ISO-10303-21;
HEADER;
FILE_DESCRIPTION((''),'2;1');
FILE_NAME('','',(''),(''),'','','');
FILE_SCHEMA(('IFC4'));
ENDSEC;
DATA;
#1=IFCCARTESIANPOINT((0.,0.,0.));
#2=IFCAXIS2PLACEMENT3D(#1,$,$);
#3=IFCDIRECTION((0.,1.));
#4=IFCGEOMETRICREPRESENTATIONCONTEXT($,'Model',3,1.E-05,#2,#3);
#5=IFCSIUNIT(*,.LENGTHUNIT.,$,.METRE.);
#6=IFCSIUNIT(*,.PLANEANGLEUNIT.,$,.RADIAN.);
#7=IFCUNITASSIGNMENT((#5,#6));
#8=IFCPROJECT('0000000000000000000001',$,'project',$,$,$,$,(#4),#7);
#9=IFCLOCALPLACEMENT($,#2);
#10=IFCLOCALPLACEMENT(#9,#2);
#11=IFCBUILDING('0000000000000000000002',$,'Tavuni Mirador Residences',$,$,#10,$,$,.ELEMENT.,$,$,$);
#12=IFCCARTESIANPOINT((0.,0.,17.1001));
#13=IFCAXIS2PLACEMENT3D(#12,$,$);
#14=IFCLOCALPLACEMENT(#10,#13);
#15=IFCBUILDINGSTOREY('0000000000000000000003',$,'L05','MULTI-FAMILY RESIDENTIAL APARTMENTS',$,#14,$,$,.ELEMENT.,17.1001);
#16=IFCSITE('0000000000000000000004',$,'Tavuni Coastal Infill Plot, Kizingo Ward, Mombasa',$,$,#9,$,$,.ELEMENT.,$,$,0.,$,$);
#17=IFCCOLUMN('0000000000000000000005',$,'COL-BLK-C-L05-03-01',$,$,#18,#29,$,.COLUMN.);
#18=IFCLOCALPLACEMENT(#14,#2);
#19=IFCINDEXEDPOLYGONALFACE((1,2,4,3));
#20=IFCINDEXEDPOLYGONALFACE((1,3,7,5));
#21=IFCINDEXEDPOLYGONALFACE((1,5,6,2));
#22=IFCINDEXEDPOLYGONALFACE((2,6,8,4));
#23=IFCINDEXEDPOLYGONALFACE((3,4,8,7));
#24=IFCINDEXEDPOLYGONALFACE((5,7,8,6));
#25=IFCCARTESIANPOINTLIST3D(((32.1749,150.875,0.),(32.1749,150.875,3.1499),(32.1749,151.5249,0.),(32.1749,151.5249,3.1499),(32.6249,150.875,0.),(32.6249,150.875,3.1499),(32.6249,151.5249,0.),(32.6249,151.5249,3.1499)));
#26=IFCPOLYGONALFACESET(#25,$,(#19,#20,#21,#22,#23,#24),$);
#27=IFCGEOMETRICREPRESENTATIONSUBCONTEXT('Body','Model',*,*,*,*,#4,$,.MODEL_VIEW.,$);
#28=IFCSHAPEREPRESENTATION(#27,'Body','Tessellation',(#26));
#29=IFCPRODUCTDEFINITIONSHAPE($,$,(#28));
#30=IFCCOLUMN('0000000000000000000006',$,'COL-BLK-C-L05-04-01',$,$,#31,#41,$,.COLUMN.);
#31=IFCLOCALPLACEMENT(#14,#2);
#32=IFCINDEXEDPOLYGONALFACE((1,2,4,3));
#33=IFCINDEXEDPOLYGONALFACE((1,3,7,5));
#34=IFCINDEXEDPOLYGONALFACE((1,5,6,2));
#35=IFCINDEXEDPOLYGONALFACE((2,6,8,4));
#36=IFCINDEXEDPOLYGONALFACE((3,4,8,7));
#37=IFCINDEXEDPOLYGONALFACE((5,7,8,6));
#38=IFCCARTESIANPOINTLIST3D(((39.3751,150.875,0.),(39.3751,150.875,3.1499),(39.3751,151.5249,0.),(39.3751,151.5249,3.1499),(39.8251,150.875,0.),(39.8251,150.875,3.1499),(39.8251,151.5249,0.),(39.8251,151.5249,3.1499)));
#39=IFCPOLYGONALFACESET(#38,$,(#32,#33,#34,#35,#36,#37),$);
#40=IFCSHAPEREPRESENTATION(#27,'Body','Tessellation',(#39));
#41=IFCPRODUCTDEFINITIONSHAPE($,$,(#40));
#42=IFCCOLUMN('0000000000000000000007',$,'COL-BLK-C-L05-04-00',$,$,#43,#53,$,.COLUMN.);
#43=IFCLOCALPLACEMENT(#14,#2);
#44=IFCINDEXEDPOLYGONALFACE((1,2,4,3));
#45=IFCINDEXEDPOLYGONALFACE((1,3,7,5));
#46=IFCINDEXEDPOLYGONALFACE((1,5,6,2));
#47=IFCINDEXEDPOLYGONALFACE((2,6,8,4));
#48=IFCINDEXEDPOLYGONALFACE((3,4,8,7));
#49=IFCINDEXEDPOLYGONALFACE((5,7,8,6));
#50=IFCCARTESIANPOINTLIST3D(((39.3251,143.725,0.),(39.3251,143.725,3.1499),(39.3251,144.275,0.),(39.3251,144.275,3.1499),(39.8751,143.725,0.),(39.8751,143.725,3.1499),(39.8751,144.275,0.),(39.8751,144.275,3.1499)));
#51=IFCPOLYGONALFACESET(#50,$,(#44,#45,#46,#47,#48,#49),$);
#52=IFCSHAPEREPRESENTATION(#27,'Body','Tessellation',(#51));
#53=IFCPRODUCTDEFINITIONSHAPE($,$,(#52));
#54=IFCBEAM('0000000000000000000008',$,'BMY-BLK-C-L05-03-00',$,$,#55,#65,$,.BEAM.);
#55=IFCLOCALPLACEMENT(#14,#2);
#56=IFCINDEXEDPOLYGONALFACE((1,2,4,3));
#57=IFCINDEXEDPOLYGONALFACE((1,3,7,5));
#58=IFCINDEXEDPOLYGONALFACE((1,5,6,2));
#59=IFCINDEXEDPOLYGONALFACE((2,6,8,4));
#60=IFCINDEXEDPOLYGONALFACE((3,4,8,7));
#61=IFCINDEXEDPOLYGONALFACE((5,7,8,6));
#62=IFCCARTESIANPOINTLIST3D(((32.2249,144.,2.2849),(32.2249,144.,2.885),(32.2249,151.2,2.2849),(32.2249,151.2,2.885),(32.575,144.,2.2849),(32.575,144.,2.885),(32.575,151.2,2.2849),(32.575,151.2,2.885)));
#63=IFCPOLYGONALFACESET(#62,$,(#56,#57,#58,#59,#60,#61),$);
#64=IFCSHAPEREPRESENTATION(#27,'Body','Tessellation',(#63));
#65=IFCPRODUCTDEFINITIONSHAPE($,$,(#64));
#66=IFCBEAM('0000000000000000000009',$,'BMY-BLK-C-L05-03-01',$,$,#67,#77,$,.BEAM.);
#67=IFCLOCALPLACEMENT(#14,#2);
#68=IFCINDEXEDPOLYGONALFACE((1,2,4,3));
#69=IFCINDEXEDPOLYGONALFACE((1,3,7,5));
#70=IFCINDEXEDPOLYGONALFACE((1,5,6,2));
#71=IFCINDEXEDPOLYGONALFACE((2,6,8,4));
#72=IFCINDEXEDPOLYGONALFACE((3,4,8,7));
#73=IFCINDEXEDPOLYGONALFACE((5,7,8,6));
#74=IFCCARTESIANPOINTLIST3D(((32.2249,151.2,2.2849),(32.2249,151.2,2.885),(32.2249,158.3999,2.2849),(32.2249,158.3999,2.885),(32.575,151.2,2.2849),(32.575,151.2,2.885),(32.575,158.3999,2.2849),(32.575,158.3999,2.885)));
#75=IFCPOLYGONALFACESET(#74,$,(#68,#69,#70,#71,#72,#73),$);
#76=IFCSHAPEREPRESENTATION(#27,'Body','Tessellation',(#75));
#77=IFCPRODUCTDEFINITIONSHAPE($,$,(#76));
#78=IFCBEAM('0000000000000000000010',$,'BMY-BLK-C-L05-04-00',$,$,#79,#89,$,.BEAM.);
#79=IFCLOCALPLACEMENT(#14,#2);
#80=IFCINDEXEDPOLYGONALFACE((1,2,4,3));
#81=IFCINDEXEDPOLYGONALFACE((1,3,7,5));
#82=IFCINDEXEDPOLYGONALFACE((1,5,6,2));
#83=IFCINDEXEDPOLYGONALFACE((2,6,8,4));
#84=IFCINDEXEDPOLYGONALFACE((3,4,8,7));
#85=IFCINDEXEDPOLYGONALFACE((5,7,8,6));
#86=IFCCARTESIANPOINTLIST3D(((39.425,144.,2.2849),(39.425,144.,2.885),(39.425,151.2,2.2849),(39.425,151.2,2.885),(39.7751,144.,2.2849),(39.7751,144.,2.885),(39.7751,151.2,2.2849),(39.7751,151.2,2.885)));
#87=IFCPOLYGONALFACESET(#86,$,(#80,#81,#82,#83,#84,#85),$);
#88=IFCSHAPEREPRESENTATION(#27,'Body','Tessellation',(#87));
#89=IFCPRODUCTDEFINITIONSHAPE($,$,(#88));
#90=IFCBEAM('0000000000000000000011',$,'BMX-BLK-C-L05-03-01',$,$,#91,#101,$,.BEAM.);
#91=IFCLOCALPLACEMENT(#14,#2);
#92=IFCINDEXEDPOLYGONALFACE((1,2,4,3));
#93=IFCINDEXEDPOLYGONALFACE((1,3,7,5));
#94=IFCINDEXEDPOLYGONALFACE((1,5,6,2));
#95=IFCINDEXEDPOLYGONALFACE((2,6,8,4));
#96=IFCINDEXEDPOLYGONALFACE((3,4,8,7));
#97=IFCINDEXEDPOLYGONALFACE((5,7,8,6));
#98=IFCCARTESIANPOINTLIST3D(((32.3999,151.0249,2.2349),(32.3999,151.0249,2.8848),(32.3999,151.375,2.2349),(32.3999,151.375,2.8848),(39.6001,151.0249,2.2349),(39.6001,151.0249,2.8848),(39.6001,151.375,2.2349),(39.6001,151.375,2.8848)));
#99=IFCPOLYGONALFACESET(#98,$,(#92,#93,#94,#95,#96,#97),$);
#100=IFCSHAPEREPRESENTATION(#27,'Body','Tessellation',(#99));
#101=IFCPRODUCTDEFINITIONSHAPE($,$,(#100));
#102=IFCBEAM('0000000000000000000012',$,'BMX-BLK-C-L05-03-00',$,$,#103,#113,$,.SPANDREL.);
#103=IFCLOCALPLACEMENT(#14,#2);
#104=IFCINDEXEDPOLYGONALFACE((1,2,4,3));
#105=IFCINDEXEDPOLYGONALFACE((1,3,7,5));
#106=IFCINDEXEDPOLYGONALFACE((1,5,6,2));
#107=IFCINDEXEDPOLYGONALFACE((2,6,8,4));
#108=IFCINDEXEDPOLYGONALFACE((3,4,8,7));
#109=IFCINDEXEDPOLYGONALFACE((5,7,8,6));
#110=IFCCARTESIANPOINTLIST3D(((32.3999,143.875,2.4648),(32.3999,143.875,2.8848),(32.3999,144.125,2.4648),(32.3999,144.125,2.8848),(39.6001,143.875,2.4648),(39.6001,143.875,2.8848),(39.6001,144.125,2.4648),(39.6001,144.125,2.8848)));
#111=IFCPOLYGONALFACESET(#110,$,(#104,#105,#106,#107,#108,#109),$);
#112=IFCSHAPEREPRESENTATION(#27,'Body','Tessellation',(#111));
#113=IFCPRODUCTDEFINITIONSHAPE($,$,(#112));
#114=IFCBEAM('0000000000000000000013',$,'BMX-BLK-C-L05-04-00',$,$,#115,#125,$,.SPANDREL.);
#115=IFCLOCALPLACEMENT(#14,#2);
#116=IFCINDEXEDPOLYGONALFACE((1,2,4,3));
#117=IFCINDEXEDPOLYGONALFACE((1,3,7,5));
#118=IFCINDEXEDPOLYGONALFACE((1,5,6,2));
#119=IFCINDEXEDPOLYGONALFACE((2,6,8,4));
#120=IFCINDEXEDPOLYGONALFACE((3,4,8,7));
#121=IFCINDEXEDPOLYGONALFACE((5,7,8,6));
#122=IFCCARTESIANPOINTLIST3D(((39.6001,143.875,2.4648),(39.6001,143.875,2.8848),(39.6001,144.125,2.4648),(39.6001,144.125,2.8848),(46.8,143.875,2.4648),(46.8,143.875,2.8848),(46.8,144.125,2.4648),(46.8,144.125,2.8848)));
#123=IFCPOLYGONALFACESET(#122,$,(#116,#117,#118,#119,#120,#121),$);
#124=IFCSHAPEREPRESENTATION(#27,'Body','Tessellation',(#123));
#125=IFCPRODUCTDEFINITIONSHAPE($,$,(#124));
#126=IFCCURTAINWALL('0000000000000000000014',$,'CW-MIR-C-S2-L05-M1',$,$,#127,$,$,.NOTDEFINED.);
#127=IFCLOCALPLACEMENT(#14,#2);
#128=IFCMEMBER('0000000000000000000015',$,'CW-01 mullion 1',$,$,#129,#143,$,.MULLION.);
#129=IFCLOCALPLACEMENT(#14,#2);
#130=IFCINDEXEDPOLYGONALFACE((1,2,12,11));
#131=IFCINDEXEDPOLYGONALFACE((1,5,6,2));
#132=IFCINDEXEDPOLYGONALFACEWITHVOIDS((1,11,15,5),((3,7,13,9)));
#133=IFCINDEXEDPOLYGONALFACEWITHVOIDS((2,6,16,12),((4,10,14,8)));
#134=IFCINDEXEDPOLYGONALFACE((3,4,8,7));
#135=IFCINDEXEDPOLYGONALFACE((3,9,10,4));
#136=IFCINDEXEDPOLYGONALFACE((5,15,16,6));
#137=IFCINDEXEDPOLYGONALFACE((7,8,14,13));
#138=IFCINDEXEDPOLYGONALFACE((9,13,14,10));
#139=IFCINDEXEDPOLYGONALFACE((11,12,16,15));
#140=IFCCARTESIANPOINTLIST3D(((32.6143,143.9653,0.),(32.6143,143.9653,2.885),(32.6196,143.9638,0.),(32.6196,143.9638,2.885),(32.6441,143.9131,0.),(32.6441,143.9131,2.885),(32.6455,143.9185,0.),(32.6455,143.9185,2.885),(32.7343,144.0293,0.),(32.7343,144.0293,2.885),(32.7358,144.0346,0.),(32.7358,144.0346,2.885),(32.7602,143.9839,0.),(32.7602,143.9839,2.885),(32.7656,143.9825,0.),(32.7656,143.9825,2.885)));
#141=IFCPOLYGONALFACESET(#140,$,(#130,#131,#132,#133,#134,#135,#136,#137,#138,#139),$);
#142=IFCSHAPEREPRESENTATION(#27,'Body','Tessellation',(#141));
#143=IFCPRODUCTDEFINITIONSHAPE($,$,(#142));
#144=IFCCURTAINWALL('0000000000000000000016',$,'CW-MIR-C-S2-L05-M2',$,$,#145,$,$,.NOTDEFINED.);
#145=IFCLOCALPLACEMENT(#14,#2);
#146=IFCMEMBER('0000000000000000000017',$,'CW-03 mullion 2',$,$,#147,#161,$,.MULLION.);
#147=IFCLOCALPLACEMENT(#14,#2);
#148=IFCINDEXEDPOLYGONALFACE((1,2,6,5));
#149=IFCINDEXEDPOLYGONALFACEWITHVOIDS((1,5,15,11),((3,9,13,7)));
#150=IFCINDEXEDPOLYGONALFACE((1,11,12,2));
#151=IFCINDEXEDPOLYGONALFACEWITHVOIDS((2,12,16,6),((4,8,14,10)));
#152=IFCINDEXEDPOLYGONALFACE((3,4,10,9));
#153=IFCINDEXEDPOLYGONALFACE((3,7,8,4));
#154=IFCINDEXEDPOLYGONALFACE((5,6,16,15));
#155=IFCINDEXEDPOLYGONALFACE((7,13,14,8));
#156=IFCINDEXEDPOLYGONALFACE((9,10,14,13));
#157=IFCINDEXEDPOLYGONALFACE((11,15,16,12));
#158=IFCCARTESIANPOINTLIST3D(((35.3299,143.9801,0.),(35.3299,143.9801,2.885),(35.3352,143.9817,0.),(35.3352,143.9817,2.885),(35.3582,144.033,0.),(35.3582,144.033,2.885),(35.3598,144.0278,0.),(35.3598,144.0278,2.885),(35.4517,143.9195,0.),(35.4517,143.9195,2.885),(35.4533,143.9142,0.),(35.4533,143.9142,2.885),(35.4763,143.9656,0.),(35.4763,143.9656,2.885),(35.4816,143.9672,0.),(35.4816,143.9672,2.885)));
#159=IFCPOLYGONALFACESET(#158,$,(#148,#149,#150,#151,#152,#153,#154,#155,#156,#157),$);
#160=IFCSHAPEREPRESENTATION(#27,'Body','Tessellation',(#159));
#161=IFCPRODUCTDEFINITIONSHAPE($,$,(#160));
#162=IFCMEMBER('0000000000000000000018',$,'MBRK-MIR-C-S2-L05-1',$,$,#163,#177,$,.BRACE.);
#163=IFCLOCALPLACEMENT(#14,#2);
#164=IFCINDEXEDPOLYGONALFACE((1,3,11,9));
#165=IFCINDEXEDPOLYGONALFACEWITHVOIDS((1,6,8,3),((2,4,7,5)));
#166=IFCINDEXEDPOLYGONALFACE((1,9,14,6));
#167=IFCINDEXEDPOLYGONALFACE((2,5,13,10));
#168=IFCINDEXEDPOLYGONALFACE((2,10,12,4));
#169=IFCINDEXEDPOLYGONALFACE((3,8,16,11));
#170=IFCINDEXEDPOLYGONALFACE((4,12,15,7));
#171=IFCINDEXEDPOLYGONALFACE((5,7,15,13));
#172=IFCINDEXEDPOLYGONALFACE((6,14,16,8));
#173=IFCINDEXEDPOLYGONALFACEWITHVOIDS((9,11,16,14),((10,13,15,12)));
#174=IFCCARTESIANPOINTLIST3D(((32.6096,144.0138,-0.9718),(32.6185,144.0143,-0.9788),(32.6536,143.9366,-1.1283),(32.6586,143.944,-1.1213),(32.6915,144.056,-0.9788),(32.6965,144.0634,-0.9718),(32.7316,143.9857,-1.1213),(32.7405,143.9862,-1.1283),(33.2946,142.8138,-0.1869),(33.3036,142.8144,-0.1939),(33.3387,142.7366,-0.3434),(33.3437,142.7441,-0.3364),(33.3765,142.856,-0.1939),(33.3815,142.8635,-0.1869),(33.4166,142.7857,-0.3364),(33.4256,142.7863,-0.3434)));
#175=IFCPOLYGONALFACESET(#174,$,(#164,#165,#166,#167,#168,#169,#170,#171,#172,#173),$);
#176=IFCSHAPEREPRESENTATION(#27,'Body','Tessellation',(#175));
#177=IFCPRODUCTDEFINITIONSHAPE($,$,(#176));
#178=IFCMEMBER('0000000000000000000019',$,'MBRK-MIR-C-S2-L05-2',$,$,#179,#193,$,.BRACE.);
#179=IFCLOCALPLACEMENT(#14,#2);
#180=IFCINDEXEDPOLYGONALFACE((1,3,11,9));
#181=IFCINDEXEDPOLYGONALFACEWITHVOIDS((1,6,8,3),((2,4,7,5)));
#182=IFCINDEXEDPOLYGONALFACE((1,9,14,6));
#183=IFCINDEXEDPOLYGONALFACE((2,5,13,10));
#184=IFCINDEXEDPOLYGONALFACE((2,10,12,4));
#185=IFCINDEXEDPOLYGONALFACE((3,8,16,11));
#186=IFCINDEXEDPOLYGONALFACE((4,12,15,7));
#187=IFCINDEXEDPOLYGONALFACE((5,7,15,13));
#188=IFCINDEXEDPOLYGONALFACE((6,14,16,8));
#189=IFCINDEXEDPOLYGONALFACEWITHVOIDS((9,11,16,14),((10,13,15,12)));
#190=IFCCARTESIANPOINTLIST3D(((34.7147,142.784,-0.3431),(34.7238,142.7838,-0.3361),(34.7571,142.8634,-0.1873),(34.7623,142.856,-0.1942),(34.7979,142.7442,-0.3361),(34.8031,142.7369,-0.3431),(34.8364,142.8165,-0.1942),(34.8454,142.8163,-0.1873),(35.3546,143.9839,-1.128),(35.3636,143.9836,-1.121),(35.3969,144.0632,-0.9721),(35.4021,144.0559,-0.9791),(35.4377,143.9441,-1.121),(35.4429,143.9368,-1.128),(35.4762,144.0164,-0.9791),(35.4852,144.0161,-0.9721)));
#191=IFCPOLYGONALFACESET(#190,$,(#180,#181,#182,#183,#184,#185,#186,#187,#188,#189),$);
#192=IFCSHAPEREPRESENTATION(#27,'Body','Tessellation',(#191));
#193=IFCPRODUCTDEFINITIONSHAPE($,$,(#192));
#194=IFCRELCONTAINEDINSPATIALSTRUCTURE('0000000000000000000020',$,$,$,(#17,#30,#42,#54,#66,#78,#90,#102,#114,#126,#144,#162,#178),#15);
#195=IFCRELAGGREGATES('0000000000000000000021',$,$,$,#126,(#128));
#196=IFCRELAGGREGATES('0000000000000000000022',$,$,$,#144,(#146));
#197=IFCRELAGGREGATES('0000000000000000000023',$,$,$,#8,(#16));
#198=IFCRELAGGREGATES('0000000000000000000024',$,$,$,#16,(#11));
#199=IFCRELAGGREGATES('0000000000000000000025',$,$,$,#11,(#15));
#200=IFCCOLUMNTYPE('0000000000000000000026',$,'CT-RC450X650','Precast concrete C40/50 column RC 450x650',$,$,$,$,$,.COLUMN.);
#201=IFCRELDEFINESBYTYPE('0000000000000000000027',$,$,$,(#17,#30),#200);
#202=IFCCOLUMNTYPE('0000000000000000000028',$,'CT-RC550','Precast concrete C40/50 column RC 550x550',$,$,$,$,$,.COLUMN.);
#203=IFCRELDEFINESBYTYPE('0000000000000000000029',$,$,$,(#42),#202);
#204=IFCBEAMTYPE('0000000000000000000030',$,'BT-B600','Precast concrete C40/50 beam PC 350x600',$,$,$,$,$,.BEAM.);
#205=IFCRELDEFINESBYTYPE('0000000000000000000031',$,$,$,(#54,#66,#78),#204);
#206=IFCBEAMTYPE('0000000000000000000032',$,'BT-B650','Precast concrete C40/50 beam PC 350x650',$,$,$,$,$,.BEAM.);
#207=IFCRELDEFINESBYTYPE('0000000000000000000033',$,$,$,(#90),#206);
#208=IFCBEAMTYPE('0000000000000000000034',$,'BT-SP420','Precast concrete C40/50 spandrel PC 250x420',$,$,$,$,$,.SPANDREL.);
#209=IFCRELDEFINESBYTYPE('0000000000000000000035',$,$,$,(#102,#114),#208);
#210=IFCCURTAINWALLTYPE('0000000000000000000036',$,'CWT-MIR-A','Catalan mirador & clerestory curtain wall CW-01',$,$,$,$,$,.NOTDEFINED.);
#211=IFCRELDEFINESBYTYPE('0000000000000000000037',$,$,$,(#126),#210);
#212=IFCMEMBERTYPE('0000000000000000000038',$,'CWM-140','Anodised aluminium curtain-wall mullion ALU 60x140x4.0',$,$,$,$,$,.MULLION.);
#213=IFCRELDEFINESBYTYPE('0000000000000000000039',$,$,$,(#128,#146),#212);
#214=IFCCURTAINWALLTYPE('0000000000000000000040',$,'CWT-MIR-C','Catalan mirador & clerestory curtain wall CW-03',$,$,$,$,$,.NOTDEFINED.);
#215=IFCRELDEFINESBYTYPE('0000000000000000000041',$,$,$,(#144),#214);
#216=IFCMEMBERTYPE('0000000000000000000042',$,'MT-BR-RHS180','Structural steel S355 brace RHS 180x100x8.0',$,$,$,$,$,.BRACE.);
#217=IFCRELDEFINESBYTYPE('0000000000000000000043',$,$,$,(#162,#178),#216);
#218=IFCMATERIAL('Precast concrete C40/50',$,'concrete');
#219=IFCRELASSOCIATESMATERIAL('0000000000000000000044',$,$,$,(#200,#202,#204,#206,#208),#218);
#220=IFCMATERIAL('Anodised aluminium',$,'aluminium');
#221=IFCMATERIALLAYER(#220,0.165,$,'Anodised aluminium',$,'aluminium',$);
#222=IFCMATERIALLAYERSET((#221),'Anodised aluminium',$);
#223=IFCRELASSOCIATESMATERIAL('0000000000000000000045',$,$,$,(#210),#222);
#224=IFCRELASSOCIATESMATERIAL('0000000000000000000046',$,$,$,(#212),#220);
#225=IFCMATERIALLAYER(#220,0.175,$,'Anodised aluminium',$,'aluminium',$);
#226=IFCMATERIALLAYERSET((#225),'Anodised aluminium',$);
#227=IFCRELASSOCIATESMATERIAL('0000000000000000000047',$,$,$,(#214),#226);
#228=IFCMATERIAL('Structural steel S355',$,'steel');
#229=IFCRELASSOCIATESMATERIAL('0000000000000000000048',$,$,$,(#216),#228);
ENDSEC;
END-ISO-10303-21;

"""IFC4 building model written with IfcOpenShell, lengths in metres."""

from ifc_helpers import new_model, si_unit, direction, frame, origin, origin_2d, place, context, subcontext, project, spatial, rectangle, hollow_rectangle, extrude, material, layer, layer_set, material_profile, profile_set, type_object, element, aggregate, save


model = new_model("IFC4")

# Units and contexts
model_context = context("Model", 3, precision=1e-05, world=origin(), true_north=direction((0.0, 1.0)))
body_context = subcontext(model_context, "Body", "Model", "MODEL_VIEW")
ifc_project = project(units=[si_unit("LENGTHUNIT", "METRE"), si_unit("PLANEANGLEUNIT", "RADIAN")], contexts=[model_context])

# Site, building, storey
site_placement = place(None, origin())
site = spatial("IfcSite", under=ifc_project, at=site_placement, Name="Tavuni Coastal Infill Plot, Kizingo Ward, Mombasa", CompositionType="ELEMENT", RefElevation=0.0)
building_placement = place(site_placement, origin())
building = spatial("IfcBuilding", under=site, at=building_placement, Name="Tavuni Mirador Residences", CompositionType="ELEMENT")
storey_placement = place(building_placement, frame((0.0, 0.0, 17.1001)))
storey = spatial("IfcBuildingStorey", under=building, at=storey_placement, Name="L05", Description="MULTI-FAMILY RESIDENTIAL APARTMENTS", CompositionType="ELEMENT", Elevation=17.1001)

# Columns
ifc_material_1 = material(Name="Precast concrete C40/50", Category="concrete")
ifc_material_profile_1 = material_profile(ifc_material_1, rectangle(XDim=0.45, YDim=0.6499, at=origin_2d()), Name="RC 450x650", Category="concrete")
ifc_profile_set_1 = profile_set([ifc_material_profile_1], Name="Precast concrete C40/50")
column_type_1 = type_object("IfcColumnType", Name="CT-RC450X650", Description="Precast concrete C40/50 column RC 450x650", PredefinedType="COLUMN", material=ifc_profile_set_1)
for number, where, z_axis, x_axis, name in (
    (1, (32.3999, 151.2, 0.0), (0.0, 0.0, 1.0), (1.0, 0.0, 0.0), "COL-BLK-C-L05-03-01"),
    (2, (39.6001, 151.2, 0.0), (0.0, 0.0, 1.0), (1.0, 0.0, 0.0), "COL-BLK-C-L05-04-01"),
):
    element("IfcColumn", number, at=place(storey_placement, frame(where, z_axis=z_axis, x_axis=x_axis)), inside=storey, type_object=column_type_1, Name=name, PredefinedType="COLUMN", context=body_context, shape_type="SweptSolid", body=[
        extrude(rectangle(XDim=0.45, YDim=0.6499, at=origin_2d()), origin(), (0.0, 0.0, 1.0), 3.1499),
    ])
ifc_material_profile_2 = material_profile(ifc_material_1, rectangle(XDim=0.55, YDim=0.55, at=origin_2d()), Name="RC 550x550", Category="concrete")
ifc_profile_set_2 = profile_set([ifc_material_profile_2], Name="Precast concrete C40/50")
column_type_2 = type_object("IfcColumnType", Name="CT-RC550", Description="Precast concrete C40/50 column RC 550x550", PredefinedType="COLUMN", material=ifc_profile_set_2)
column_placement = place(storey_placement, frame((39.6001, 144.0, 0.0), z_axis=(0.0, 0.0, 1.0), x_axis=(1.0, 0.0, 0.0)))
element("IfcColumn", 3, at=column_placement, inside=storey, type_object=column_type_2, Name="COL-BLK-C-L05-04-00", PredefinedType="COLUMN", context=body_context, shape_type="SweptSolid", body=[
    extrude(rectangle(XDim=0.55, YDim=0.55, at=origin_2d()), origin(), (0.0, 0.0, 1.0), 3.1499),
])

# Beams
ifc_material_profile_3 = material_profile(ifc_material_1, rectangle(XDim=0.3501, YDim=0.6001, at=origin_2d()), Name="PC 350x600", Category="concrete")
ifc_profile_set_3 = profile_set([ifc_material_profile_3], Name="Precast concrete C40/50")
beam_type_1 = type_object("IfcBeamType", Name="BT-B600", Description="Precast concrete C40/50 beam PC 350x600", PredefinedType="BEAM", material=ifc_profile_set_3)
for number, where, z_axis, x_axis, name in (
    (4, (32.3999, 144.0, 2.585), (0.0, 1.0, 0.0), (-1.0, 0.0, 0.0), "BMY-BLK-C-L05-03-00"),
    (5, (32.3999, 151.2, 2.585), (0.0, 1.0, 0.0), (-1.0, 0.0, 0.0), "BMY-BLK-C-L05-03-01"),
    (6, (39.6001, 144.0, 2.585), (0.0, 1.0, 0.0), (-1.0, 0.0, 0.0), "BMY-BLK-C-L05-04-00"),
):
    element("IfcBeam", number, at=place(storey_placement, frame(where, z_axis=z_axis, x_axis=x_axis)), inside=storey, type_object=beam_type_1, Name=name, PredefinedType="BEAM", context=body_context, shape_type="SweptSolid", body=[
        extrude(rectangle(XDim=0.3501, YDim=0.6001, at=origin_2d()), origin(), (0.0, 0.0, 1.0), 7.2),
    ])
ifc_material_profile_4 = material_profile(ifc_material_1, rectangle(XDim=0.3501, YDim=0.6499, at=origin_2d()), Name="PC 350x650", Category="concrete")
ifc_profile_set_4 = profile_set([ifc_material_profile_4], Name="Precast concrete C40/50")
beam_type_2 = type_object("IfcBeamType", Name="BT-B650", Description="Precast concrete C40/50 beam PC 350x650", PredefinedType="BEAM", material=ifc_profile_set_4)
beam_1_placement = place(storey_placement, frame((32.3999, 151.2, 2.5598), z_axis=(1.0, 0.0, 0.0), x_axis=(0.0, 1.0, 0.0)))
element("IfcBeam", 7, at=beam_1_placement, inside=storey, type_object=beam_type_2, Name="BMX-BLK-C-L05-03-01", PredefinedType="BEAM", context=body_context, shape_type="SweptSolid", body=[
    extrude(rectangle(XDim=0.3501, YDim=0.6499, at=origin_2d()), origin(), (0.0, 0.0, 1.0), 7.2002),
])
ifc_material_profile_5 = material_profile(ifc_material_1, rectangle(XDim=0.25, YDim=0.4199, at=origin_2d()), Name="PC 250x420", Category="concrete")
ifc_profile_set_5 = profile_set([ifc_material_profile_5], Name="Precast concrete C40/50")
beam_type_3 = type_object("IfcBeamType", Name="BT-SP420", Description="Precast concrete C40/50 spandrel PC 250x420", PredefinedType="SPANDREL", material=ifc_profile_set_5)
beam_2_placement = place(storey_placement, frame((32.3999, 144.0, 2.6748), z_axis=(1.0, 0.0, 0.0), x_axis=(0.0, 1.0, 0.0)))
element("IfcBeam", 8, at=beam_2_placement, inside=storey, type_object=beam_type_3, Name="BMX-BLK-C-L05-03-00", PredefinedType="SPANDREL", context=body_context, shape_type="SweptSolid", body=[
    extrude(rectangle(XDim=0.25, YDim=0.4199, at=origin_2d()), origin(), (0.0, 0.0, 1.0), 7.2002),
])
beam_3_placement = place(storey_placement, frame((39.6001, 144.0, 2.6748), z_axis=(1.0, 0.0, 0.0), x_axis=(0.0, 1.0, 0.0)))
element("IfcBeam", 9, at=beam_3_placement, inside=storey, type_object=beam_type_3, Name="BMX-BLK-C-L05-04-00", PredefinedType="SPANDREL", context=body_context, shape_type="SweptSolid", body=[
    extrude(rectangle(XDim=0.25, YDim=0.4199, at=origin_2d()), origin(), (0.0, 0.0, 1.0), 7.2),
])

# Curtain walls, members
ifc_material_2 = material(Name="Anodised aluminium", Category="aluminium")
ifc_layer_1 = layer(ifc_material_2, 0.165, Name="Anodised aluminium", Category="aluminium")
ifc_layer_set_1 = layer_set([ifc_layer_1], Name="Anodised aluminium")
curtain_wall_type_1 = type_object("IfcCurtainWallType", Name="CWT-MIR-A", Description="Catalan mirador & clerestory curtain wall CW-01", PredefinedType="NOTDEFINED", material=ifc_layer_set_1)
curtain_wall_1_placement = place(storey_placement, origin())
curtain_wall_1 = element("IfcCurtainWall", 10, at=curtain_wall_1_placement, inside=storey, type_object=curtain_wall_type_1, Name="CW-MIR-C-S2-L05-M1", PredefinedType="NOTDEFINED")
ifc_material_profile_6 = material_profile(ifc_material_2, hollow_rectangle(XDim=0.0601, YDim=0.1399, WallThickness=0.0039, at=origin_2d()), Name="ALU 60x140x4.0", Category="aluminium")
ifc_profile_set_6 = profile_set([ifc_material_profile_6], Name="Anodised aluminium")
member_type_1 = type_object("IfcMemberType", Name="CWM-140", Description="Anodised aluminium curtain-wall mullion ALU 60x140x4.0", PredefinedType="MULLION", material=ifc_profile_set_6)
member_1_placement = place(storey_placement, frame((32.6899, 143.9739, 0.0), z_axis=(0.0, 0.0, 1.0), x_axis=(0.495749, -0.868466, 0.0)))
member_1 = element("IfcMember", 11, at=member_1_placement, type_object=member_type_1, Name="CW-01 mullion 1", PredefinedType="MULLION", context=body_context, shape_type="SweptSolid", body=[
    extrude(hollow_rectangle(XDim=0.0601, YDim=0.1399, WallThickness=0.0039, at=origin_2d()), origin(), (0.0, 0.0, 1.0), 2.885),
])
aggregate(curtain_wall_1, [member_1])
ifc_layer_2 = layer(ifc_material_2, 0.175, Name="Anodised aluminium", Category="aluminium")
ifc_layer_set_2 = layer_set([ifc_layer_2], Name="Anodised aluminium")
curtain_wall_type_2 = type_object("IfcCurtainWallType", Name="CWT-MIR-C", Description="Catalan mirador & clerestory curtain wall CW-03", PredefinedType="NOTDEFINED", material=ifc_layer_set_2)
curtain_wall_2_placement = place(storey_placement, origin())
curtain_wall_2 = element("IfcCurtainWall", 12, at=curtain_wall_2_placement, inside=storey, type_object=curtain_wall_type_2, Name="CW-MIR-C-S2-L05-M2", PredefinedType="NOTDEFINED")
member_2_placement = place(storey_placement, frame((35.4058, 143.9736, 0.0), z_axis=(0.0, 0.0, 1.0), x_axis=(0.470588, 0.882353, 0.0)))
member_2 = element("IfcMember", 13, at=member_2_placement, type_object=member_type_1, Name="CW-03 mullion 2", PredefinedType="MULLION", context=body_context, shape_type="SweptSolid", body=[
    extrude(hollow_rectangle(XDim=0.0601, YDim=0.1399, WallThickness=0.0039, at=origin_2d()), origin(), (0.0, 0.0, 1.0), 2.885),
])
aggregate(curtain_wall_2, [member_2])

# Members
ifc_material_3 = material(Name="Structural steel S355", Category="steel")
ifc_material_profile_7 = material_profile(ifc_material_3, hollow_rectangle(XDim=0.1001, YDim=0.1799, WallThickness=0.0081, at=origin_2d()), Name="RHS 180x100x8.0", Category="steel")
ifc_profile_set_7 = profile_set([ifc_material_profile_7], Name="Structural steel S355")
member_type_2 = type_object("IfcMemberType", Name="MT-BR-RHS180", Description="Structural steel S355 brace RHS 180x100x8.0", PredefinedType="BRACE", material=ifc_profile_set_7)
member_3_placement = place(storey_placement, frame((32.675, 144.0, -1.05), z_axis=(0.431095, -0.755108, 0.493931), x_axis=(0.868439, 0.495796, 0.0)))
element("IfcMember", 14, at=member_3_placement, inside=storey, type_object=member_type_2, Name="MBRK-MIR-C-S2-L05-1", PredefinedType="BRACE", context=body_context, shape_type="SweptSolid", body=[
    extrude(hollow_rectangle(XDim=0.1001, YDim=0.1799, WallThickness=0.0081, at=origin_2d()), origin(), (0.0, 0.0, 1.0), 1.5891),
])
member_4_placement = place(storey_placement, frame((35.4199, 144.0, -1.05), z_axis=(-0.407531, -0.764218, 0.49989), x_axis=(0.882378, -0.470542, 0.0)))
element("IfcMember", 15, at=member_4_placement, inside=storey, type_object=member_type_2, Name="MBRK-MIR-C-S2-L05-2", PredefinedType="BRACE", context=body_context, shape_type="SweptSolid", body=[
    extrude(hollow_rectangle(XDim=0.1001, YDim=0.1799, WallThickness=0.0081, at=origin_2d()), origin(), (0.0, 0.0, 1.0), 1.5701),
])

save(model, "model.ifc")
